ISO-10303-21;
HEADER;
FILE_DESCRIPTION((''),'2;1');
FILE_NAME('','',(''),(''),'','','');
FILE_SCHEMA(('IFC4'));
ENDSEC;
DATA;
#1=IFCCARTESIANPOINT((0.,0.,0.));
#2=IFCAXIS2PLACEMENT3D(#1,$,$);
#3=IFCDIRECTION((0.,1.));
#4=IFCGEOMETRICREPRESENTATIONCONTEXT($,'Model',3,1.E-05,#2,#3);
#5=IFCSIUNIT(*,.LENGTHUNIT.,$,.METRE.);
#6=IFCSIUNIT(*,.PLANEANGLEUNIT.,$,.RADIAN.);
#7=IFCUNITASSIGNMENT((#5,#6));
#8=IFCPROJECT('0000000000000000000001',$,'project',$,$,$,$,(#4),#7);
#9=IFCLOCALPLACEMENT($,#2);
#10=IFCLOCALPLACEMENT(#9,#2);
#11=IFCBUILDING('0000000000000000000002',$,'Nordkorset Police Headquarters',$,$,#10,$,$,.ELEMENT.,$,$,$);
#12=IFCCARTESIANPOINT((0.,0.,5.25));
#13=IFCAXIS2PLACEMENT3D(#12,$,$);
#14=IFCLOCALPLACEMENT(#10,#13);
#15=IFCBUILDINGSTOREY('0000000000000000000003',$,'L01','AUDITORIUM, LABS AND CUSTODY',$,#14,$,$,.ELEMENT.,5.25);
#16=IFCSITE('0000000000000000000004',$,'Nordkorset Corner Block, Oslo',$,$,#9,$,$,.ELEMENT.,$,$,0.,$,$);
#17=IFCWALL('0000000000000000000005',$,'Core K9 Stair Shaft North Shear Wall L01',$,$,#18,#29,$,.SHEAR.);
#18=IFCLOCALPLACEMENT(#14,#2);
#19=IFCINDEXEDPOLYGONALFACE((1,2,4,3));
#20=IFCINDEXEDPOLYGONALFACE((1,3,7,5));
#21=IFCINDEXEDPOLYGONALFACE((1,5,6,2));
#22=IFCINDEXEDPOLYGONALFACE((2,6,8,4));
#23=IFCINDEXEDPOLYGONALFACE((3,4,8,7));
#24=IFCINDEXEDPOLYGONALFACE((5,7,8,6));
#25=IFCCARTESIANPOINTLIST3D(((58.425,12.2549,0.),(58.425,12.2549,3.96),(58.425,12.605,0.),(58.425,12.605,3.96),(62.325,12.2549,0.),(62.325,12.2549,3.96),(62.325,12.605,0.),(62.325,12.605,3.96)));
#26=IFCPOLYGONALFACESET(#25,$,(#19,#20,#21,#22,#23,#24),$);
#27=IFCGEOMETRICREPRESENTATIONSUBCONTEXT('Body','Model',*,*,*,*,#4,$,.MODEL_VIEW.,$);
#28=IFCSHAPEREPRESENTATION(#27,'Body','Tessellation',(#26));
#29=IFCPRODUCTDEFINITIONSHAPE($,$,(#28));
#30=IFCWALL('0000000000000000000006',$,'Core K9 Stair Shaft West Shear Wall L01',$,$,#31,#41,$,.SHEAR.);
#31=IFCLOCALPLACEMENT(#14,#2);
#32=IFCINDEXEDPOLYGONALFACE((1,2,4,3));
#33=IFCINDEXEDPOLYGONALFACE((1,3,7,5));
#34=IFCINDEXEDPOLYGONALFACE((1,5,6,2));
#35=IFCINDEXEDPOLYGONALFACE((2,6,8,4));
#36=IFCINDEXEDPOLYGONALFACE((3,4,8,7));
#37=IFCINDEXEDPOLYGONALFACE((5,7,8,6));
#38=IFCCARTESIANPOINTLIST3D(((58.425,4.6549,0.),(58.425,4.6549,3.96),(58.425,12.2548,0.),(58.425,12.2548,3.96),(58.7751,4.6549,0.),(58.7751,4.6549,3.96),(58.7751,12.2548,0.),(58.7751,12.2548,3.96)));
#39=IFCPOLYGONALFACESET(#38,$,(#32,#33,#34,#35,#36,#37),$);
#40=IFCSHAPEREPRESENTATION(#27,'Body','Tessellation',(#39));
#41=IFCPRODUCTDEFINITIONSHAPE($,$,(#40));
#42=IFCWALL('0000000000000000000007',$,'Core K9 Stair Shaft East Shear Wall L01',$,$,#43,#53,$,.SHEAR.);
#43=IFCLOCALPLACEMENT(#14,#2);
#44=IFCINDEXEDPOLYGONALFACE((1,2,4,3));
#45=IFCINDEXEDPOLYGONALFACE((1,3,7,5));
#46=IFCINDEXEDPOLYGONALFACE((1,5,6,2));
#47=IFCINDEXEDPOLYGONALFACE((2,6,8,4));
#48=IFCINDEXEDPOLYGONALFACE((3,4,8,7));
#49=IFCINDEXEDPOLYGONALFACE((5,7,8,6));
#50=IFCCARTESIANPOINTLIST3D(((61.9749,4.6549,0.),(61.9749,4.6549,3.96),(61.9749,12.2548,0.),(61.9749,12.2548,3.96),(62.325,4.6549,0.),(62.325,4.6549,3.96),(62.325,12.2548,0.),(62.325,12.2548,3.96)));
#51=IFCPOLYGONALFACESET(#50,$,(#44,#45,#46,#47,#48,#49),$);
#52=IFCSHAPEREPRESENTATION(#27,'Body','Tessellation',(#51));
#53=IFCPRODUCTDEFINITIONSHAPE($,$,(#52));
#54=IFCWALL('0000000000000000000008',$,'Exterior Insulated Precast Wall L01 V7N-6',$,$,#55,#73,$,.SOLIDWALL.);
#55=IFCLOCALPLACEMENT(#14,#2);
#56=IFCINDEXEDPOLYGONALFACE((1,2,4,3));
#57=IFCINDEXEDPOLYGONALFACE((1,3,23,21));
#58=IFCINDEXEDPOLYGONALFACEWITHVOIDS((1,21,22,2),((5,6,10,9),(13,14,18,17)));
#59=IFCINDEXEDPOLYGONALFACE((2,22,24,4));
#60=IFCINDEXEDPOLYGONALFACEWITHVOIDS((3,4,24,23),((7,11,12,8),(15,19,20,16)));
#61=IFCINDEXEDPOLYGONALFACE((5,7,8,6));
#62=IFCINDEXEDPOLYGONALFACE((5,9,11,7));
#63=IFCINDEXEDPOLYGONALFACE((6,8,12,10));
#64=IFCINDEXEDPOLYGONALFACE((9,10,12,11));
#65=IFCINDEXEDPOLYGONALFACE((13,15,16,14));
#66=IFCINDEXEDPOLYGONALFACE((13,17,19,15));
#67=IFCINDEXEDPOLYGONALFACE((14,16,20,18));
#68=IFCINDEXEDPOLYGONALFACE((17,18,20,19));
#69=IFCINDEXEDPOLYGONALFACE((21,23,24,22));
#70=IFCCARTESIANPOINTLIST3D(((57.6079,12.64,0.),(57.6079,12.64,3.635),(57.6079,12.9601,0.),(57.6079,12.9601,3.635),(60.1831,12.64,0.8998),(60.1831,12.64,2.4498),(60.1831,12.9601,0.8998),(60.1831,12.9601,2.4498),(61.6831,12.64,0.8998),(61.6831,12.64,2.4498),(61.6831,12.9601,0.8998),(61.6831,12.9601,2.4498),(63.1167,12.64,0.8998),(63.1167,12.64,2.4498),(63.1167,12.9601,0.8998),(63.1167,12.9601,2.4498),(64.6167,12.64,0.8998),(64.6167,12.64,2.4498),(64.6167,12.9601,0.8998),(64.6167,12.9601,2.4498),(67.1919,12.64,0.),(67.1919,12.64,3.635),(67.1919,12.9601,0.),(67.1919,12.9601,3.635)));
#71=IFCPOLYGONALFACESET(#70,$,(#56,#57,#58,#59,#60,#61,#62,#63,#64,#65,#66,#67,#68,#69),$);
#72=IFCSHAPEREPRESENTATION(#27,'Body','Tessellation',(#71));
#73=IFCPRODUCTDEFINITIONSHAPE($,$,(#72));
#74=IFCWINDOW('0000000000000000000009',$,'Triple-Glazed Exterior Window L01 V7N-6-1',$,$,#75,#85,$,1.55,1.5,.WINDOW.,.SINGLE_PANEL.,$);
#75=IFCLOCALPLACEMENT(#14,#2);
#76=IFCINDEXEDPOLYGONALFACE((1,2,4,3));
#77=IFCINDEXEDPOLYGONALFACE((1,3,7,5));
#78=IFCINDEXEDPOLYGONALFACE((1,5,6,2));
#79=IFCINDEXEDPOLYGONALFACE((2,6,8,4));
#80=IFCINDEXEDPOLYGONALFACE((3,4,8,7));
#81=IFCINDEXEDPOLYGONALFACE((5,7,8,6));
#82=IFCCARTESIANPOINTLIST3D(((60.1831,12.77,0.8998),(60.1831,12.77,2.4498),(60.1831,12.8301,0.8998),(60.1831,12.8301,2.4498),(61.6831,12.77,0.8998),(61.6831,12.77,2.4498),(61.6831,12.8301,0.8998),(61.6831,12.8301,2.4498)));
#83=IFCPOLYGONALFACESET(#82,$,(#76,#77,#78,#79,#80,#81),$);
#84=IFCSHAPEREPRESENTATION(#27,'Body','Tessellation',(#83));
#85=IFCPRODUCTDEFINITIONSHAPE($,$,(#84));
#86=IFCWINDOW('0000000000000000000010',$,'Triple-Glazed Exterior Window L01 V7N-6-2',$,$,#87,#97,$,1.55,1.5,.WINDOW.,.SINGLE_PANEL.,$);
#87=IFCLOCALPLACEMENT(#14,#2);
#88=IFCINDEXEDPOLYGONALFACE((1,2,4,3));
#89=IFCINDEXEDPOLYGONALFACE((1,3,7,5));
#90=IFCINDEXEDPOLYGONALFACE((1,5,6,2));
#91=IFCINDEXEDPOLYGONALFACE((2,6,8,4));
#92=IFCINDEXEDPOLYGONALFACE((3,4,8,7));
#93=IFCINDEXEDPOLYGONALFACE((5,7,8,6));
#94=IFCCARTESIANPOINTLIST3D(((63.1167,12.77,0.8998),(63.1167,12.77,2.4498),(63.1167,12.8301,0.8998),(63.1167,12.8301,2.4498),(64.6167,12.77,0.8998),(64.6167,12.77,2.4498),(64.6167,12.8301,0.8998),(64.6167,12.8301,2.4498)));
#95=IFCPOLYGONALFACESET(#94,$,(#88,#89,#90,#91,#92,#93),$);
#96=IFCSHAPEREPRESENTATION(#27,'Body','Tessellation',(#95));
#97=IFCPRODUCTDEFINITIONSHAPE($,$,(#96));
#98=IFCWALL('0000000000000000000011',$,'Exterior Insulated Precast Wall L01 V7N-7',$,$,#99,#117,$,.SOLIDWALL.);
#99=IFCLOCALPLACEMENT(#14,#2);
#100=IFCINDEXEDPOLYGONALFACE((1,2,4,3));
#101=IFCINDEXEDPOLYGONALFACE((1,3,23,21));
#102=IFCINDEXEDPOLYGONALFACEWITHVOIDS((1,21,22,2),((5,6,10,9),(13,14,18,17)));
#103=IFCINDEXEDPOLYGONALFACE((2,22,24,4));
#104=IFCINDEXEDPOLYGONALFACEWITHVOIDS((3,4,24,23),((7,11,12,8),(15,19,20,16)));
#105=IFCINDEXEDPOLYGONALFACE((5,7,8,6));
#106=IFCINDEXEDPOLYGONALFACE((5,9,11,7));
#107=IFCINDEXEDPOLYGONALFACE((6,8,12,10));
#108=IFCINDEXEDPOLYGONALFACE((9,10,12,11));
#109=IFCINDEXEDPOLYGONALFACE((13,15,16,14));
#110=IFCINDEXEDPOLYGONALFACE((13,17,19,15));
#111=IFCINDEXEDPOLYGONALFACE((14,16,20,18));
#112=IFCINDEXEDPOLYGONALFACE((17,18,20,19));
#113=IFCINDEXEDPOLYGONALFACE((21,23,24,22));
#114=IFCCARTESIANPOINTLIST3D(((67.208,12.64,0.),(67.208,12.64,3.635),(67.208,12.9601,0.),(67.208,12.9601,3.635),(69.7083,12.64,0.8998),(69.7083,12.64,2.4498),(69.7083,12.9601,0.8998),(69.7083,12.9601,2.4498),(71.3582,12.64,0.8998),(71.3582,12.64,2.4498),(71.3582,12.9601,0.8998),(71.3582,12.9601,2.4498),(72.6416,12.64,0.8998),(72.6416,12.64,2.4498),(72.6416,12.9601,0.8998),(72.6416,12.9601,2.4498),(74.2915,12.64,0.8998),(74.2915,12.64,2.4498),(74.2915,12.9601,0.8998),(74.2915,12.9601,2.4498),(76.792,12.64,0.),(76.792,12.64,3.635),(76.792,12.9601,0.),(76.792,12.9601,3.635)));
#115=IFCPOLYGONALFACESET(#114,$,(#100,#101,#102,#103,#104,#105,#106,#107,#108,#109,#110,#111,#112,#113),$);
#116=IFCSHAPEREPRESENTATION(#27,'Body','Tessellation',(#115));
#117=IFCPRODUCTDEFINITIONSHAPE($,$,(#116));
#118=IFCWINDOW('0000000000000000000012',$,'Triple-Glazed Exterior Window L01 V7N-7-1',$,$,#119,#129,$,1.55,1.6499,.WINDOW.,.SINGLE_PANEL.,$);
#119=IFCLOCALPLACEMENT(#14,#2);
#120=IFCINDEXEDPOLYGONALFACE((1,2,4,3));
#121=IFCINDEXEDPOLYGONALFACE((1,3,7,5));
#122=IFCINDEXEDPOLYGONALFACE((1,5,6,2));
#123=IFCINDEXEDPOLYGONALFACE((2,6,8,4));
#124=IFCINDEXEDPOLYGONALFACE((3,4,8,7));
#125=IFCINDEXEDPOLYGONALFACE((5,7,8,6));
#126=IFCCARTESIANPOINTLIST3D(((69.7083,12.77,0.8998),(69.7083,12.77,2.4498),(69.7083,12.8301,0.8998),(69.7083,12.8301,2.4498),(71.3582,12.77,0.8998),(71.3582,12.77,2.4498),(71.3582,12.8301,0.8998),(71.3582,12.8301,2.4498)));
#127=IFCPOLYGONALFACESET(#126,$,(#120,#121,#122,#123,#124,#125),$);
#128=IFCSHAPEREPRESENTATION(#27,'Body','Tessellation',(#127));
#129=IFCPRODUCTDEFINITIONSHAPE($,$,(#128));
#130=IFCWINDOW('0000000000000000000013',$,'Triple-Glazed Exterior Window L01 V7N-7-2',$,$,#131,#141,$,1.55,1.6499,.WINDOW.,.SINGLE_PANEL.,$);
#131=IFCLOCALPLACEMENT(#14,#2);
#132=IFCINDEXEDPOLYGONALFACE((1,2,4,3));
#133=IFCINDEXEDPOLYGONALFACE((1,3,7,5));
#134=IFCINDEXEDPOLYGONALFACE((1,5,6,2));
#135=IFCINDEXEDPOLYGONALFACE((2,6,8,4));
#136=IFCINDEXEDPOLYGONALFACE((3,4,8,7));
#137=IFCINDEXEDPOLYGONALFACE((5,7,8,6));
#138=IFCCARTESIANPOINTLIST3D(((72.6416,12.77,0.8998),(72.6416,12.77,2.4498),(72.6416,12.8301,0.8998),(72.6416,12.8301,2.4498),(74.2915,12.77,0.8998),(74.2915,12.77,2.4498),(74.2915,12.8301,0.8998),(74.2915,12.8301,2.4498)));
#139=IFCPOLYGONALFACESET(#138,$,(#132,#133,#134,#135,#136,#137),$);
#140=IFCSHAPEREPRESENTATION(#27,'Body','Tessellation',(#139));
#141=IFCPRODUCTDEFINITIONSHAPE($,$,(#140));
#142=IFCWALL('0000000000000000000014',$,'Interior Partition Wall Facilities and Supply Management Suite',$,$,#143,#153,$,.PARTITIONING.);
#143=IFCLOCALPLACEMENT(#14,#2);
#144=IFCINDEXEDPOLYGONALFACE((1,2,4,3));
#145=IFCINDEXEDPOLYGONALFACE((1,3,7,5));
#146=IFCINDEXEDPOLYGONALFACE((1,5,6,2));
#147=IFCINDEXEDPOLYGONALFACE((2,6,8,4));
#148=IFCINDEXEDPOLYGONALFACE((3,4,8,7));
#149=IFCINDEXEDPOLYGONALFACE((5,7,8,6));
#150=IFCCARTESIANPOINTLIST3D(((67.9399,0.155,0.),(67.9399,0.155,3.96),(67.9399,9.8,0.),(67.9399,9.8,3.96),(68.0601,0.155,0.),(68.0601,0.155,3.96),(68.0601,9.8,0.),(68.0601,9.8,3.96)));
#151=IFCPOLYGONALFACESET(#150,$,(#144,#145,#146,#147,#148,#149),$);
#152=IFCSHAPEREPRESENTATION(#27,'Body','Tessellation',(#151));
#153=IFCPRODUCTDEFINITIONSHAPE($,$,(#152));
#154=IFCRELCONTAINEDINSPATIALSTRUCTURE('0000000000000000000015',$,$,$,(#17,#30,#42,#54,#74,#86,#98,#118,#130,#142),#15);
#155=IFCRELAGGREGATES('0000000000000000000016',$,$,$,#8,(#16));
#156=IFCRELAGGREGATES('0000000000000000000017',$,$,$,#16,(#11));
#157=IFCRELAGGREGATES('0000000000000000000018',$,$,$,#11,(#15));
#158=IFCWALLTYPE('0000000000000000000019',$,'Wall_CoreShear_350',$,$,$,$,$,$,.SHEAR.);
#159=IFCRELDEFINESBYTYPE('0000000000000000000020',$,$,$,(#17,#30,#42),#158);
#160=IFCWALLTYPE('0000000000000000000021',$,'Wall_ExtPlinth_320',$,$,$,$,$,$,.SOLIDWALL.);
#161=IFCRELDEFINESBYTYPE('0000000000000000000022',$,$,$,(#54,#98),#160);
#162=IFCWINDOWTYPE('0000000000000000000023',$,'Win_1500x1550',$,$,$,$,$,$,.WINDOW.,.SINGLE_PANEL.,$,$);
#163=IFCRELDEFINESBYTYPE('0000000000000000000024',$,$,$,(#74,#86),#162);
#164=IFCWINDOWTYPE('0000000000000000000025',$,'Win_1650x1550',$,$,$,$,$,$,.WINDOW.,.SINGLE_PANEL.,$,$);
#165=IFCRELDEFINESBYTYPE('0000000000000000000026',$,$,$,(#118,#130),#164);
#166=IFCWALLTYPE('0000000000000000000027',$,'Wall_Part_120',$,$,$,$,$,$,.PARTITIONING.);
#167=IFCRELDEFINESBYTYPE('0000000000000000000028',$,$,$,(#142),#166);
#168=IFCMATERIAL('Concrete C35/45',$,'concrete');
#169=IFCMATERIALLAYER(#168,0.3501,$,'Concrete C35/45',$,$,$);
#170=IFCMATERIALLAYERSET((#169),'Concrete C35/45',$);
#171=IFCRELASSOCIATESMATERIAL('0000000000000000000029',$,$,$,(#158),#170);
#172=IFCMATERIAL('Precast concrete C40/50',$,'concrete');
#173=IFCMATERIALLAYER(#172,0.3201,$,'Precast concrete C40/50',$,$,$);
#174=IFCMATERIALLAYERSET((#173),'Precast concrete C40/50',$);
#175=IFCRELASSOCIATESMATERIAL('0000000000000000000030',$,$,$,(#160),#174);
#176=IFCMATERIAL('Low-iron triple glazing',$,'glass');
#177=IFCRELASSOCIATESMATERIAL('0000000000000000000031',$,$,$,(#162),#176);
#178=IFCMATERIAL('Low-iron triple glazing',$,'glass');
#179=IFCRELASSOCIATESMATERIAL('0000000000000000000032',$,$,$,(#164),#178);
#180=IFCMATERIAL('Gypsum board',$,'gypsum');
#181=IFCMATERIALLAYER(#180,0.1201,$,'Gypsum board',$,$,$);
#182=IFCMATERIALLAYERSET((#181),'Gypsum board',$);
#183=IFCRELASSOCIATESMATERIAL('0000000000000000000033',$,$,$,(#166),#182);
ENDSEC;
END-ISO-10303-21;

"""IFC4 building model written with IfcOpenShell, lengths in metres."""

from ifc_helpers import new_model, si_unit, direction, frame, frame_2d, origin, place, context, subcontext, project, spatial, rectangle, extrude, material, layer, layer_set, type_object, element, fill, save


model = new_model("IFC4")

# Units and contexts
model_context = context("Model", 3, precision=1e-05, world=origin(), true_north=direction((0.0, 1.0)))
body_context = subcontext(model_context, "Body", "Model", "MODEL_VIEW")
ifc_project = project(units=[si_unit("LENGTHUNIT", "METRE"), si_unit("PLANEANGLEUNIT", "RADIAN")], contexts=[model_context])

# Site, building, storey
site_placement = place(None, origin())
site = spatial("IfcSite", under=ifc_project, at=site_placement, Name="Nordkorset Corner Block, Oslo", CompositionType="ELEMENT", RefElevation=0.0)
building_placement = place(site_placement, origin())
building = spatial("IfcBuilding", under=site, at=building_placement, Name="Nordkorset Police Headquarters", CompositionType="ELEMENT")
storey_placement = place(building_placement, frame((0.0, 0.0, 5.25)))
storey = spatial("IfcBuildingStorey", under=building, at=storey_placement, Name="L01", Description="AUDITORIUM, LABS AND CUSTODY", CompositionType="ELEMENT", Elevation=5.25)

# Shared definitions
ifc_material_1 = material(Name="Concrete C35/45", Category="concrete")
ifc_layer_1 = layer(ifc_material_1, 0.3501, Name="Concrete C35/45")
ifc_layer_set_1 = layer_set([ifc_layer_1], Name="Concrete C35/45")
wall_type_1 = type_object("IfcWallType", Name="Wall_CoreShear_350", PredefinedType="SHEAR", material=ifc_layer_set_1)

# Walls
wall_1_placement = place(storey_placement, frame((58.425, 12.4299, 0.0), z_axis=(0.0, 0.0, 1.0), x_axis=(1.0, 0.0, 0.0)))
element("IfcWall", 1, at=wall_1_placement, inside=storey, type_object=wall_type_1, Name="Core K9 Stair Shaft North Shear Wall L01", PredefinedType="SHEAR", context=body_context, shape_type="SweptSolid", body=[
    extrude(rectangle(XDim=3.8999, YDim=0.3501, at=frame_2d((1.95, 0.0))), origin(), (0.0, 0.0, 1.0), 3.96),
])
for number, where, z_axis, x_axis, name in (
    (2, (58.6001, 4.655, 0.0), (0.0, 0.0, 1.0), (0.0, 1.0, 0.0), "Core K9 Stair Shaft West Shear Wall L01"),
    (3, (62.1499, 4.655, 0.0), (0.0, 0.0, 1.0), (0.0, 1.0, 0.0), "Core K9 Stair Shaft East Shear Wall L01"),
):
    element("IfcWall", number, at=place(storey_placement, frame(where, z_axis=z_axis, x_axis=x_axis)), inside=storey, type_object=wall_type_1, Name=name, PredefinedType="SHEAR", context=body_context, shape_type="SweptSolid", body=[
        extrude(rectangle(XDim=7.5999, YDim=0.3501, at=frame_2d((3.7998, 0.0))), origin(), (0.0, 0.0, 1.0), 3.96),
    ])

# Walls, openings, windows
ifc_material_2 = material(Name="Precast concrete C40/50", Category="concrete")
ifc_layer_2 = layer(ifc_material_2, 0.3201, Name="Precast concrete C40/50")
ifc_layer_set_2 = layer_set([ifc_layer_2], Name="Precast concrete C40/50")
wall_type_2 = type_object("IfcWallType", Name="Wall_ExtPlinth_320", PredefinedType="SOLIDWALL", material=ifc_layer_set_2)
wall_2_placement = place(storey_placement, frame((57.6079, 12.8, 0.0), z_axis=(0.0, 0.0, 1.0), x_axis=(1.0, 0.0, 0.0)))
wall_2 = element("IfcWall", 4, at=wall_2_placement, inside=storey, type_object=wall_type_2, Name="Exterior Insulated Precast Wall L01 V7N-6", PredefinedType="SOLIDWALL", context=body_context, shape_type="SweptSolid", body=[
    extrude(rectangle(XDim=9.584, YDim=0.3201, at=frame_2d((4.792, 0.0))), origin(), (0.0, 0.0, 1.0), 3.635),
])
opening_1_placement = place(wall_2_placement, frame((2.5752, 0.0, 0.8999)))
opening_1 = element("IfcOpeningElement", 5, at=opening_1_placement, cuts=wall_2, PredefinedType="OPENING", context=body_context, shape_type="SweptSolid", body=[
    extrude(rectangle(XDim=1.5, YDim=1.55, at=frame_2d((0.75, 0.7749))), frame((0.0, 0.1699, 0.0), z_axis=(0.0, -1.0, 0.0), x_axis=(1.0, 0.0, 0.0)), (0.0, 0.0, 1.0), 0.3401),
])
opening_2_placement = place(wall_2_placement, frame((5.5088, 0.0, 0.8999)))
opening_2 = element("IfcOpeningElement", 6, at=opening_2_placement, cuts=wall_2, PredefinedType="OPENING", context=body_context, shape_type="SweptSolid", body=[
    extrude(rectangle(XDim=1.5, YDim=1.55, at=frame_2d((0.75, 0.7749))), frame((0.0, 0.1699, 0.0), z_axis=(0.0, -1.0, 0.0), x_axis=(1.0, 0.0, 0.0)), (0.0, 0.0, 1.0), 0.3401),
])
ifc_material_3 = material(Name="Low-iron triple glazing", Category="glass")
window_type_1 = type_object("IfcWindowType", Name="Win_1500x1550", PartitioningType="SINGLE_PANEL", PredefinedType="WINDOW", material=ifc_material_3)
window_1_placement = place(opening_1_placement, origin())
window_1 = element("IfcWindow", 7, at=window_1_placement, inside=storey, type_object=window_type_1, Name="Triple-Glazed Exterior Window L01 V7N-6-1", OverallHeight=1.55, OverallWidth=1.5, PartitioningType="SINGLE_PANEL", PredefinedType="WINDOW", context=body_context, shape_type="SweptSolid", body=[
    extrude(rectangle(XDim=1.5, YDim=1.55, at=frame_2d((0.75, 0.7749))), frame((0.0, 0.03, 0.0), z_axis=(0.0, -1.0, 0.0), x_axis=(1.0, 0.0, 0.0)), (0.0, 0.0, 1.0), 0.0601),
])
fill(opening_1, window_1)
window_2_placement = place(opening_2_placement, origin())
window_2 = element("IfcWindow", 8, at=window_2_placement, inside=storey, type_object=window_type_1, Name="Triple-Glazed Exterior Window L01 V7N-6-2", OverallHeight=1.55, OverallWidth=1.5, PartitioningType="SINGLE_PANEL", PredefinedType="WINDOW", context=body_context, shape_type="SweptSolid", body=[
    extrude(rectangle(XDim=1.5, YDim=1.55, at=frame_2d((0.75, 0.7749))), frame((0.0, 0.03, 0.0), z_axis=(0.0, -1.0, 0.0), x_axis=(1.0, 0.0, 0.0)), (0.0, 0.0, 1.0), 0.0601),
])
fill(opening_2, window_2)
wall_3_placement = place(storey_placement, frame((67.208, 12.8, 0.0), z_axis=(0.0, 0.0, 1.0), x_axis=(1.0, 0.0, 0.0)))
wall_3 = element("IfcWall", 9, at=wall_3_placement, inside=storey, type_object=wall_type_2, Name="Exterior Insulated Precast Wall L01 V7N-7", PredefinedType="SOLIDWALL", context=body_context, shape_type="SweptSolid", body=[
    extrude(rectangle(XDim=9.584, YDim=0.3201, at=frame_2d((4.792, 0.0))), origin(), (0.0, 0.0, 1.0), 3.635),
])
opening_3_placement = place(wall_3_placement, frame((2.5002, 0.0, 0.8999)))
opening_3 = element("IfcOpeningElement", 10, at=opening_3_placement, cuts=wall_3, PredefinedType="OPENING", context=body_context, shape_type="SweptSolid", body=[
    extrude(rectangle(XDim=1.6499, YDim=1.55, at=frame_2d((0.825, 0.7749))), frame((0.0, 0.1699, 0.0), z_axis=(0.0, -1.0, 0.0), x_axis=(1.0, 0.0, 0.0)), (0.0, 0.0, 1.0), 0.3401),
])
opening_4_placement = place(wall_3_placement, frame((5.4336, 0.0, 0.8999)))
opening_4 = element("IfcOpeningElement", 11, at=opening_4_placement, cuts=wall_3, PredefinedType="OPENING", context=body_context, shape_type="SweptSolid", body=[
    extrude(rectangle(XDim=1.6499, YDim=1.55, at=frame_2d((0.825, 0.7749))), frame((0.0, 0.1699, 0.0), z_axis=(0.0, -1.0, 0.0), x_axis=(1.0, 0.0, 0.0)), (0.0, 0.0, 1.0), 0.3401),
])
ifc_material_4 = material(Name="Low-iron triple glazing", Category="glass")
window_type_2 = type_object("IfcWindowType", Name="Win_1650x1550", PartitioningType="SINGLE_PANEL", PredefinedType="WINDOW", material=ifc_material_4)
window_3_placement = place(opening_3_placement, origin())
window_3 = element("IfcWindow", 12, at=window_3_placement, inside=storey, type_object=window_type_2, Name="Triple-Glazed Exterior Window L01 V7N-7-1", OverallHeight=1.55, OverallWidth=1.6499, PartitioningType="SINGLE_PANEL", PredefinedType="WINDOW", context=body_context, shape_type="SweptSolid", body=[
    extrude(rectangle(XDim=1.6499, YDim=1.55, at=frame_2d((0.825, 0.7749))), frame((0.0, 0.03, 0.0), z_axis=(0.0, -1.0, 0.0), x_axis=(1.0, 0.0, 0.0)), (0.0, 0.0, 1.0), 0.0601),
])
fill(opening_3, window_3)
window_4_placement = place(opening_4_placement, origin())
window_4 = element("IfcWindow", 13, at=window_4_placement, inside=storey, type_object=window_type_2, Name="Triple-Glazed Exterior Window L01 V7N-7-2", OverallHeight=1.55, OverallWidth=1.6499, PartitioningType="SINGLE_PANEL", PredefinedType="WINDOW", context=body_context, shape_type="SweptSolid", body=[
    extrude(rectangle(XDim=1.6499, YDim=1.55, at=frame_2d((0.825, 0.7749))), frame((0.0, 0.03, 0.0), z_axis=(0.0, -1.0, 0.0), x_axis=(1.0, 0.0, 0.0)), (0.0, 0.0, 1.0), 0.0601),
])
fill(opening_4, window_4)

# Wall
ifc_material_5 = material(Name="Gypsum board", Category="gypsum")
ifc_layer_3 = layer(ifc_material_5, 0.1201, Name="Gypsum board")
ifc_layer_set_3 = layer_set([ifc_layer_3], Name="Gypsum board")
wall_type_3 = type_object("IfcWallType", Name="Wall_Part_120", PredefinedType="PARTITIONING", material=ifc_layer_set_3)
wall_4_placement = place(storey_placement, frame((68.0, 9.8, 0.0), z_axis=(0.0, 0.0, 1.0), x_axis=(0.0, -1.0, 0.0)))
element("IfcWall", 14, at=wall_4_placement, inside=storey, type_object=wall_type_3, Name="Interior Partition Wall Facilities and Supply Management Suite", PredefinedType="PARTITIONING", context=body_context, shape_type="SweptSolid", body=[
    extrude(rectangle(XDim=9.645, YDim=0.1201, at=frame_2d((4.8225, 0.0))), origin(), (0.0, 0.0, 1.0), 3.96),
])

save(model, "model.ifc")
